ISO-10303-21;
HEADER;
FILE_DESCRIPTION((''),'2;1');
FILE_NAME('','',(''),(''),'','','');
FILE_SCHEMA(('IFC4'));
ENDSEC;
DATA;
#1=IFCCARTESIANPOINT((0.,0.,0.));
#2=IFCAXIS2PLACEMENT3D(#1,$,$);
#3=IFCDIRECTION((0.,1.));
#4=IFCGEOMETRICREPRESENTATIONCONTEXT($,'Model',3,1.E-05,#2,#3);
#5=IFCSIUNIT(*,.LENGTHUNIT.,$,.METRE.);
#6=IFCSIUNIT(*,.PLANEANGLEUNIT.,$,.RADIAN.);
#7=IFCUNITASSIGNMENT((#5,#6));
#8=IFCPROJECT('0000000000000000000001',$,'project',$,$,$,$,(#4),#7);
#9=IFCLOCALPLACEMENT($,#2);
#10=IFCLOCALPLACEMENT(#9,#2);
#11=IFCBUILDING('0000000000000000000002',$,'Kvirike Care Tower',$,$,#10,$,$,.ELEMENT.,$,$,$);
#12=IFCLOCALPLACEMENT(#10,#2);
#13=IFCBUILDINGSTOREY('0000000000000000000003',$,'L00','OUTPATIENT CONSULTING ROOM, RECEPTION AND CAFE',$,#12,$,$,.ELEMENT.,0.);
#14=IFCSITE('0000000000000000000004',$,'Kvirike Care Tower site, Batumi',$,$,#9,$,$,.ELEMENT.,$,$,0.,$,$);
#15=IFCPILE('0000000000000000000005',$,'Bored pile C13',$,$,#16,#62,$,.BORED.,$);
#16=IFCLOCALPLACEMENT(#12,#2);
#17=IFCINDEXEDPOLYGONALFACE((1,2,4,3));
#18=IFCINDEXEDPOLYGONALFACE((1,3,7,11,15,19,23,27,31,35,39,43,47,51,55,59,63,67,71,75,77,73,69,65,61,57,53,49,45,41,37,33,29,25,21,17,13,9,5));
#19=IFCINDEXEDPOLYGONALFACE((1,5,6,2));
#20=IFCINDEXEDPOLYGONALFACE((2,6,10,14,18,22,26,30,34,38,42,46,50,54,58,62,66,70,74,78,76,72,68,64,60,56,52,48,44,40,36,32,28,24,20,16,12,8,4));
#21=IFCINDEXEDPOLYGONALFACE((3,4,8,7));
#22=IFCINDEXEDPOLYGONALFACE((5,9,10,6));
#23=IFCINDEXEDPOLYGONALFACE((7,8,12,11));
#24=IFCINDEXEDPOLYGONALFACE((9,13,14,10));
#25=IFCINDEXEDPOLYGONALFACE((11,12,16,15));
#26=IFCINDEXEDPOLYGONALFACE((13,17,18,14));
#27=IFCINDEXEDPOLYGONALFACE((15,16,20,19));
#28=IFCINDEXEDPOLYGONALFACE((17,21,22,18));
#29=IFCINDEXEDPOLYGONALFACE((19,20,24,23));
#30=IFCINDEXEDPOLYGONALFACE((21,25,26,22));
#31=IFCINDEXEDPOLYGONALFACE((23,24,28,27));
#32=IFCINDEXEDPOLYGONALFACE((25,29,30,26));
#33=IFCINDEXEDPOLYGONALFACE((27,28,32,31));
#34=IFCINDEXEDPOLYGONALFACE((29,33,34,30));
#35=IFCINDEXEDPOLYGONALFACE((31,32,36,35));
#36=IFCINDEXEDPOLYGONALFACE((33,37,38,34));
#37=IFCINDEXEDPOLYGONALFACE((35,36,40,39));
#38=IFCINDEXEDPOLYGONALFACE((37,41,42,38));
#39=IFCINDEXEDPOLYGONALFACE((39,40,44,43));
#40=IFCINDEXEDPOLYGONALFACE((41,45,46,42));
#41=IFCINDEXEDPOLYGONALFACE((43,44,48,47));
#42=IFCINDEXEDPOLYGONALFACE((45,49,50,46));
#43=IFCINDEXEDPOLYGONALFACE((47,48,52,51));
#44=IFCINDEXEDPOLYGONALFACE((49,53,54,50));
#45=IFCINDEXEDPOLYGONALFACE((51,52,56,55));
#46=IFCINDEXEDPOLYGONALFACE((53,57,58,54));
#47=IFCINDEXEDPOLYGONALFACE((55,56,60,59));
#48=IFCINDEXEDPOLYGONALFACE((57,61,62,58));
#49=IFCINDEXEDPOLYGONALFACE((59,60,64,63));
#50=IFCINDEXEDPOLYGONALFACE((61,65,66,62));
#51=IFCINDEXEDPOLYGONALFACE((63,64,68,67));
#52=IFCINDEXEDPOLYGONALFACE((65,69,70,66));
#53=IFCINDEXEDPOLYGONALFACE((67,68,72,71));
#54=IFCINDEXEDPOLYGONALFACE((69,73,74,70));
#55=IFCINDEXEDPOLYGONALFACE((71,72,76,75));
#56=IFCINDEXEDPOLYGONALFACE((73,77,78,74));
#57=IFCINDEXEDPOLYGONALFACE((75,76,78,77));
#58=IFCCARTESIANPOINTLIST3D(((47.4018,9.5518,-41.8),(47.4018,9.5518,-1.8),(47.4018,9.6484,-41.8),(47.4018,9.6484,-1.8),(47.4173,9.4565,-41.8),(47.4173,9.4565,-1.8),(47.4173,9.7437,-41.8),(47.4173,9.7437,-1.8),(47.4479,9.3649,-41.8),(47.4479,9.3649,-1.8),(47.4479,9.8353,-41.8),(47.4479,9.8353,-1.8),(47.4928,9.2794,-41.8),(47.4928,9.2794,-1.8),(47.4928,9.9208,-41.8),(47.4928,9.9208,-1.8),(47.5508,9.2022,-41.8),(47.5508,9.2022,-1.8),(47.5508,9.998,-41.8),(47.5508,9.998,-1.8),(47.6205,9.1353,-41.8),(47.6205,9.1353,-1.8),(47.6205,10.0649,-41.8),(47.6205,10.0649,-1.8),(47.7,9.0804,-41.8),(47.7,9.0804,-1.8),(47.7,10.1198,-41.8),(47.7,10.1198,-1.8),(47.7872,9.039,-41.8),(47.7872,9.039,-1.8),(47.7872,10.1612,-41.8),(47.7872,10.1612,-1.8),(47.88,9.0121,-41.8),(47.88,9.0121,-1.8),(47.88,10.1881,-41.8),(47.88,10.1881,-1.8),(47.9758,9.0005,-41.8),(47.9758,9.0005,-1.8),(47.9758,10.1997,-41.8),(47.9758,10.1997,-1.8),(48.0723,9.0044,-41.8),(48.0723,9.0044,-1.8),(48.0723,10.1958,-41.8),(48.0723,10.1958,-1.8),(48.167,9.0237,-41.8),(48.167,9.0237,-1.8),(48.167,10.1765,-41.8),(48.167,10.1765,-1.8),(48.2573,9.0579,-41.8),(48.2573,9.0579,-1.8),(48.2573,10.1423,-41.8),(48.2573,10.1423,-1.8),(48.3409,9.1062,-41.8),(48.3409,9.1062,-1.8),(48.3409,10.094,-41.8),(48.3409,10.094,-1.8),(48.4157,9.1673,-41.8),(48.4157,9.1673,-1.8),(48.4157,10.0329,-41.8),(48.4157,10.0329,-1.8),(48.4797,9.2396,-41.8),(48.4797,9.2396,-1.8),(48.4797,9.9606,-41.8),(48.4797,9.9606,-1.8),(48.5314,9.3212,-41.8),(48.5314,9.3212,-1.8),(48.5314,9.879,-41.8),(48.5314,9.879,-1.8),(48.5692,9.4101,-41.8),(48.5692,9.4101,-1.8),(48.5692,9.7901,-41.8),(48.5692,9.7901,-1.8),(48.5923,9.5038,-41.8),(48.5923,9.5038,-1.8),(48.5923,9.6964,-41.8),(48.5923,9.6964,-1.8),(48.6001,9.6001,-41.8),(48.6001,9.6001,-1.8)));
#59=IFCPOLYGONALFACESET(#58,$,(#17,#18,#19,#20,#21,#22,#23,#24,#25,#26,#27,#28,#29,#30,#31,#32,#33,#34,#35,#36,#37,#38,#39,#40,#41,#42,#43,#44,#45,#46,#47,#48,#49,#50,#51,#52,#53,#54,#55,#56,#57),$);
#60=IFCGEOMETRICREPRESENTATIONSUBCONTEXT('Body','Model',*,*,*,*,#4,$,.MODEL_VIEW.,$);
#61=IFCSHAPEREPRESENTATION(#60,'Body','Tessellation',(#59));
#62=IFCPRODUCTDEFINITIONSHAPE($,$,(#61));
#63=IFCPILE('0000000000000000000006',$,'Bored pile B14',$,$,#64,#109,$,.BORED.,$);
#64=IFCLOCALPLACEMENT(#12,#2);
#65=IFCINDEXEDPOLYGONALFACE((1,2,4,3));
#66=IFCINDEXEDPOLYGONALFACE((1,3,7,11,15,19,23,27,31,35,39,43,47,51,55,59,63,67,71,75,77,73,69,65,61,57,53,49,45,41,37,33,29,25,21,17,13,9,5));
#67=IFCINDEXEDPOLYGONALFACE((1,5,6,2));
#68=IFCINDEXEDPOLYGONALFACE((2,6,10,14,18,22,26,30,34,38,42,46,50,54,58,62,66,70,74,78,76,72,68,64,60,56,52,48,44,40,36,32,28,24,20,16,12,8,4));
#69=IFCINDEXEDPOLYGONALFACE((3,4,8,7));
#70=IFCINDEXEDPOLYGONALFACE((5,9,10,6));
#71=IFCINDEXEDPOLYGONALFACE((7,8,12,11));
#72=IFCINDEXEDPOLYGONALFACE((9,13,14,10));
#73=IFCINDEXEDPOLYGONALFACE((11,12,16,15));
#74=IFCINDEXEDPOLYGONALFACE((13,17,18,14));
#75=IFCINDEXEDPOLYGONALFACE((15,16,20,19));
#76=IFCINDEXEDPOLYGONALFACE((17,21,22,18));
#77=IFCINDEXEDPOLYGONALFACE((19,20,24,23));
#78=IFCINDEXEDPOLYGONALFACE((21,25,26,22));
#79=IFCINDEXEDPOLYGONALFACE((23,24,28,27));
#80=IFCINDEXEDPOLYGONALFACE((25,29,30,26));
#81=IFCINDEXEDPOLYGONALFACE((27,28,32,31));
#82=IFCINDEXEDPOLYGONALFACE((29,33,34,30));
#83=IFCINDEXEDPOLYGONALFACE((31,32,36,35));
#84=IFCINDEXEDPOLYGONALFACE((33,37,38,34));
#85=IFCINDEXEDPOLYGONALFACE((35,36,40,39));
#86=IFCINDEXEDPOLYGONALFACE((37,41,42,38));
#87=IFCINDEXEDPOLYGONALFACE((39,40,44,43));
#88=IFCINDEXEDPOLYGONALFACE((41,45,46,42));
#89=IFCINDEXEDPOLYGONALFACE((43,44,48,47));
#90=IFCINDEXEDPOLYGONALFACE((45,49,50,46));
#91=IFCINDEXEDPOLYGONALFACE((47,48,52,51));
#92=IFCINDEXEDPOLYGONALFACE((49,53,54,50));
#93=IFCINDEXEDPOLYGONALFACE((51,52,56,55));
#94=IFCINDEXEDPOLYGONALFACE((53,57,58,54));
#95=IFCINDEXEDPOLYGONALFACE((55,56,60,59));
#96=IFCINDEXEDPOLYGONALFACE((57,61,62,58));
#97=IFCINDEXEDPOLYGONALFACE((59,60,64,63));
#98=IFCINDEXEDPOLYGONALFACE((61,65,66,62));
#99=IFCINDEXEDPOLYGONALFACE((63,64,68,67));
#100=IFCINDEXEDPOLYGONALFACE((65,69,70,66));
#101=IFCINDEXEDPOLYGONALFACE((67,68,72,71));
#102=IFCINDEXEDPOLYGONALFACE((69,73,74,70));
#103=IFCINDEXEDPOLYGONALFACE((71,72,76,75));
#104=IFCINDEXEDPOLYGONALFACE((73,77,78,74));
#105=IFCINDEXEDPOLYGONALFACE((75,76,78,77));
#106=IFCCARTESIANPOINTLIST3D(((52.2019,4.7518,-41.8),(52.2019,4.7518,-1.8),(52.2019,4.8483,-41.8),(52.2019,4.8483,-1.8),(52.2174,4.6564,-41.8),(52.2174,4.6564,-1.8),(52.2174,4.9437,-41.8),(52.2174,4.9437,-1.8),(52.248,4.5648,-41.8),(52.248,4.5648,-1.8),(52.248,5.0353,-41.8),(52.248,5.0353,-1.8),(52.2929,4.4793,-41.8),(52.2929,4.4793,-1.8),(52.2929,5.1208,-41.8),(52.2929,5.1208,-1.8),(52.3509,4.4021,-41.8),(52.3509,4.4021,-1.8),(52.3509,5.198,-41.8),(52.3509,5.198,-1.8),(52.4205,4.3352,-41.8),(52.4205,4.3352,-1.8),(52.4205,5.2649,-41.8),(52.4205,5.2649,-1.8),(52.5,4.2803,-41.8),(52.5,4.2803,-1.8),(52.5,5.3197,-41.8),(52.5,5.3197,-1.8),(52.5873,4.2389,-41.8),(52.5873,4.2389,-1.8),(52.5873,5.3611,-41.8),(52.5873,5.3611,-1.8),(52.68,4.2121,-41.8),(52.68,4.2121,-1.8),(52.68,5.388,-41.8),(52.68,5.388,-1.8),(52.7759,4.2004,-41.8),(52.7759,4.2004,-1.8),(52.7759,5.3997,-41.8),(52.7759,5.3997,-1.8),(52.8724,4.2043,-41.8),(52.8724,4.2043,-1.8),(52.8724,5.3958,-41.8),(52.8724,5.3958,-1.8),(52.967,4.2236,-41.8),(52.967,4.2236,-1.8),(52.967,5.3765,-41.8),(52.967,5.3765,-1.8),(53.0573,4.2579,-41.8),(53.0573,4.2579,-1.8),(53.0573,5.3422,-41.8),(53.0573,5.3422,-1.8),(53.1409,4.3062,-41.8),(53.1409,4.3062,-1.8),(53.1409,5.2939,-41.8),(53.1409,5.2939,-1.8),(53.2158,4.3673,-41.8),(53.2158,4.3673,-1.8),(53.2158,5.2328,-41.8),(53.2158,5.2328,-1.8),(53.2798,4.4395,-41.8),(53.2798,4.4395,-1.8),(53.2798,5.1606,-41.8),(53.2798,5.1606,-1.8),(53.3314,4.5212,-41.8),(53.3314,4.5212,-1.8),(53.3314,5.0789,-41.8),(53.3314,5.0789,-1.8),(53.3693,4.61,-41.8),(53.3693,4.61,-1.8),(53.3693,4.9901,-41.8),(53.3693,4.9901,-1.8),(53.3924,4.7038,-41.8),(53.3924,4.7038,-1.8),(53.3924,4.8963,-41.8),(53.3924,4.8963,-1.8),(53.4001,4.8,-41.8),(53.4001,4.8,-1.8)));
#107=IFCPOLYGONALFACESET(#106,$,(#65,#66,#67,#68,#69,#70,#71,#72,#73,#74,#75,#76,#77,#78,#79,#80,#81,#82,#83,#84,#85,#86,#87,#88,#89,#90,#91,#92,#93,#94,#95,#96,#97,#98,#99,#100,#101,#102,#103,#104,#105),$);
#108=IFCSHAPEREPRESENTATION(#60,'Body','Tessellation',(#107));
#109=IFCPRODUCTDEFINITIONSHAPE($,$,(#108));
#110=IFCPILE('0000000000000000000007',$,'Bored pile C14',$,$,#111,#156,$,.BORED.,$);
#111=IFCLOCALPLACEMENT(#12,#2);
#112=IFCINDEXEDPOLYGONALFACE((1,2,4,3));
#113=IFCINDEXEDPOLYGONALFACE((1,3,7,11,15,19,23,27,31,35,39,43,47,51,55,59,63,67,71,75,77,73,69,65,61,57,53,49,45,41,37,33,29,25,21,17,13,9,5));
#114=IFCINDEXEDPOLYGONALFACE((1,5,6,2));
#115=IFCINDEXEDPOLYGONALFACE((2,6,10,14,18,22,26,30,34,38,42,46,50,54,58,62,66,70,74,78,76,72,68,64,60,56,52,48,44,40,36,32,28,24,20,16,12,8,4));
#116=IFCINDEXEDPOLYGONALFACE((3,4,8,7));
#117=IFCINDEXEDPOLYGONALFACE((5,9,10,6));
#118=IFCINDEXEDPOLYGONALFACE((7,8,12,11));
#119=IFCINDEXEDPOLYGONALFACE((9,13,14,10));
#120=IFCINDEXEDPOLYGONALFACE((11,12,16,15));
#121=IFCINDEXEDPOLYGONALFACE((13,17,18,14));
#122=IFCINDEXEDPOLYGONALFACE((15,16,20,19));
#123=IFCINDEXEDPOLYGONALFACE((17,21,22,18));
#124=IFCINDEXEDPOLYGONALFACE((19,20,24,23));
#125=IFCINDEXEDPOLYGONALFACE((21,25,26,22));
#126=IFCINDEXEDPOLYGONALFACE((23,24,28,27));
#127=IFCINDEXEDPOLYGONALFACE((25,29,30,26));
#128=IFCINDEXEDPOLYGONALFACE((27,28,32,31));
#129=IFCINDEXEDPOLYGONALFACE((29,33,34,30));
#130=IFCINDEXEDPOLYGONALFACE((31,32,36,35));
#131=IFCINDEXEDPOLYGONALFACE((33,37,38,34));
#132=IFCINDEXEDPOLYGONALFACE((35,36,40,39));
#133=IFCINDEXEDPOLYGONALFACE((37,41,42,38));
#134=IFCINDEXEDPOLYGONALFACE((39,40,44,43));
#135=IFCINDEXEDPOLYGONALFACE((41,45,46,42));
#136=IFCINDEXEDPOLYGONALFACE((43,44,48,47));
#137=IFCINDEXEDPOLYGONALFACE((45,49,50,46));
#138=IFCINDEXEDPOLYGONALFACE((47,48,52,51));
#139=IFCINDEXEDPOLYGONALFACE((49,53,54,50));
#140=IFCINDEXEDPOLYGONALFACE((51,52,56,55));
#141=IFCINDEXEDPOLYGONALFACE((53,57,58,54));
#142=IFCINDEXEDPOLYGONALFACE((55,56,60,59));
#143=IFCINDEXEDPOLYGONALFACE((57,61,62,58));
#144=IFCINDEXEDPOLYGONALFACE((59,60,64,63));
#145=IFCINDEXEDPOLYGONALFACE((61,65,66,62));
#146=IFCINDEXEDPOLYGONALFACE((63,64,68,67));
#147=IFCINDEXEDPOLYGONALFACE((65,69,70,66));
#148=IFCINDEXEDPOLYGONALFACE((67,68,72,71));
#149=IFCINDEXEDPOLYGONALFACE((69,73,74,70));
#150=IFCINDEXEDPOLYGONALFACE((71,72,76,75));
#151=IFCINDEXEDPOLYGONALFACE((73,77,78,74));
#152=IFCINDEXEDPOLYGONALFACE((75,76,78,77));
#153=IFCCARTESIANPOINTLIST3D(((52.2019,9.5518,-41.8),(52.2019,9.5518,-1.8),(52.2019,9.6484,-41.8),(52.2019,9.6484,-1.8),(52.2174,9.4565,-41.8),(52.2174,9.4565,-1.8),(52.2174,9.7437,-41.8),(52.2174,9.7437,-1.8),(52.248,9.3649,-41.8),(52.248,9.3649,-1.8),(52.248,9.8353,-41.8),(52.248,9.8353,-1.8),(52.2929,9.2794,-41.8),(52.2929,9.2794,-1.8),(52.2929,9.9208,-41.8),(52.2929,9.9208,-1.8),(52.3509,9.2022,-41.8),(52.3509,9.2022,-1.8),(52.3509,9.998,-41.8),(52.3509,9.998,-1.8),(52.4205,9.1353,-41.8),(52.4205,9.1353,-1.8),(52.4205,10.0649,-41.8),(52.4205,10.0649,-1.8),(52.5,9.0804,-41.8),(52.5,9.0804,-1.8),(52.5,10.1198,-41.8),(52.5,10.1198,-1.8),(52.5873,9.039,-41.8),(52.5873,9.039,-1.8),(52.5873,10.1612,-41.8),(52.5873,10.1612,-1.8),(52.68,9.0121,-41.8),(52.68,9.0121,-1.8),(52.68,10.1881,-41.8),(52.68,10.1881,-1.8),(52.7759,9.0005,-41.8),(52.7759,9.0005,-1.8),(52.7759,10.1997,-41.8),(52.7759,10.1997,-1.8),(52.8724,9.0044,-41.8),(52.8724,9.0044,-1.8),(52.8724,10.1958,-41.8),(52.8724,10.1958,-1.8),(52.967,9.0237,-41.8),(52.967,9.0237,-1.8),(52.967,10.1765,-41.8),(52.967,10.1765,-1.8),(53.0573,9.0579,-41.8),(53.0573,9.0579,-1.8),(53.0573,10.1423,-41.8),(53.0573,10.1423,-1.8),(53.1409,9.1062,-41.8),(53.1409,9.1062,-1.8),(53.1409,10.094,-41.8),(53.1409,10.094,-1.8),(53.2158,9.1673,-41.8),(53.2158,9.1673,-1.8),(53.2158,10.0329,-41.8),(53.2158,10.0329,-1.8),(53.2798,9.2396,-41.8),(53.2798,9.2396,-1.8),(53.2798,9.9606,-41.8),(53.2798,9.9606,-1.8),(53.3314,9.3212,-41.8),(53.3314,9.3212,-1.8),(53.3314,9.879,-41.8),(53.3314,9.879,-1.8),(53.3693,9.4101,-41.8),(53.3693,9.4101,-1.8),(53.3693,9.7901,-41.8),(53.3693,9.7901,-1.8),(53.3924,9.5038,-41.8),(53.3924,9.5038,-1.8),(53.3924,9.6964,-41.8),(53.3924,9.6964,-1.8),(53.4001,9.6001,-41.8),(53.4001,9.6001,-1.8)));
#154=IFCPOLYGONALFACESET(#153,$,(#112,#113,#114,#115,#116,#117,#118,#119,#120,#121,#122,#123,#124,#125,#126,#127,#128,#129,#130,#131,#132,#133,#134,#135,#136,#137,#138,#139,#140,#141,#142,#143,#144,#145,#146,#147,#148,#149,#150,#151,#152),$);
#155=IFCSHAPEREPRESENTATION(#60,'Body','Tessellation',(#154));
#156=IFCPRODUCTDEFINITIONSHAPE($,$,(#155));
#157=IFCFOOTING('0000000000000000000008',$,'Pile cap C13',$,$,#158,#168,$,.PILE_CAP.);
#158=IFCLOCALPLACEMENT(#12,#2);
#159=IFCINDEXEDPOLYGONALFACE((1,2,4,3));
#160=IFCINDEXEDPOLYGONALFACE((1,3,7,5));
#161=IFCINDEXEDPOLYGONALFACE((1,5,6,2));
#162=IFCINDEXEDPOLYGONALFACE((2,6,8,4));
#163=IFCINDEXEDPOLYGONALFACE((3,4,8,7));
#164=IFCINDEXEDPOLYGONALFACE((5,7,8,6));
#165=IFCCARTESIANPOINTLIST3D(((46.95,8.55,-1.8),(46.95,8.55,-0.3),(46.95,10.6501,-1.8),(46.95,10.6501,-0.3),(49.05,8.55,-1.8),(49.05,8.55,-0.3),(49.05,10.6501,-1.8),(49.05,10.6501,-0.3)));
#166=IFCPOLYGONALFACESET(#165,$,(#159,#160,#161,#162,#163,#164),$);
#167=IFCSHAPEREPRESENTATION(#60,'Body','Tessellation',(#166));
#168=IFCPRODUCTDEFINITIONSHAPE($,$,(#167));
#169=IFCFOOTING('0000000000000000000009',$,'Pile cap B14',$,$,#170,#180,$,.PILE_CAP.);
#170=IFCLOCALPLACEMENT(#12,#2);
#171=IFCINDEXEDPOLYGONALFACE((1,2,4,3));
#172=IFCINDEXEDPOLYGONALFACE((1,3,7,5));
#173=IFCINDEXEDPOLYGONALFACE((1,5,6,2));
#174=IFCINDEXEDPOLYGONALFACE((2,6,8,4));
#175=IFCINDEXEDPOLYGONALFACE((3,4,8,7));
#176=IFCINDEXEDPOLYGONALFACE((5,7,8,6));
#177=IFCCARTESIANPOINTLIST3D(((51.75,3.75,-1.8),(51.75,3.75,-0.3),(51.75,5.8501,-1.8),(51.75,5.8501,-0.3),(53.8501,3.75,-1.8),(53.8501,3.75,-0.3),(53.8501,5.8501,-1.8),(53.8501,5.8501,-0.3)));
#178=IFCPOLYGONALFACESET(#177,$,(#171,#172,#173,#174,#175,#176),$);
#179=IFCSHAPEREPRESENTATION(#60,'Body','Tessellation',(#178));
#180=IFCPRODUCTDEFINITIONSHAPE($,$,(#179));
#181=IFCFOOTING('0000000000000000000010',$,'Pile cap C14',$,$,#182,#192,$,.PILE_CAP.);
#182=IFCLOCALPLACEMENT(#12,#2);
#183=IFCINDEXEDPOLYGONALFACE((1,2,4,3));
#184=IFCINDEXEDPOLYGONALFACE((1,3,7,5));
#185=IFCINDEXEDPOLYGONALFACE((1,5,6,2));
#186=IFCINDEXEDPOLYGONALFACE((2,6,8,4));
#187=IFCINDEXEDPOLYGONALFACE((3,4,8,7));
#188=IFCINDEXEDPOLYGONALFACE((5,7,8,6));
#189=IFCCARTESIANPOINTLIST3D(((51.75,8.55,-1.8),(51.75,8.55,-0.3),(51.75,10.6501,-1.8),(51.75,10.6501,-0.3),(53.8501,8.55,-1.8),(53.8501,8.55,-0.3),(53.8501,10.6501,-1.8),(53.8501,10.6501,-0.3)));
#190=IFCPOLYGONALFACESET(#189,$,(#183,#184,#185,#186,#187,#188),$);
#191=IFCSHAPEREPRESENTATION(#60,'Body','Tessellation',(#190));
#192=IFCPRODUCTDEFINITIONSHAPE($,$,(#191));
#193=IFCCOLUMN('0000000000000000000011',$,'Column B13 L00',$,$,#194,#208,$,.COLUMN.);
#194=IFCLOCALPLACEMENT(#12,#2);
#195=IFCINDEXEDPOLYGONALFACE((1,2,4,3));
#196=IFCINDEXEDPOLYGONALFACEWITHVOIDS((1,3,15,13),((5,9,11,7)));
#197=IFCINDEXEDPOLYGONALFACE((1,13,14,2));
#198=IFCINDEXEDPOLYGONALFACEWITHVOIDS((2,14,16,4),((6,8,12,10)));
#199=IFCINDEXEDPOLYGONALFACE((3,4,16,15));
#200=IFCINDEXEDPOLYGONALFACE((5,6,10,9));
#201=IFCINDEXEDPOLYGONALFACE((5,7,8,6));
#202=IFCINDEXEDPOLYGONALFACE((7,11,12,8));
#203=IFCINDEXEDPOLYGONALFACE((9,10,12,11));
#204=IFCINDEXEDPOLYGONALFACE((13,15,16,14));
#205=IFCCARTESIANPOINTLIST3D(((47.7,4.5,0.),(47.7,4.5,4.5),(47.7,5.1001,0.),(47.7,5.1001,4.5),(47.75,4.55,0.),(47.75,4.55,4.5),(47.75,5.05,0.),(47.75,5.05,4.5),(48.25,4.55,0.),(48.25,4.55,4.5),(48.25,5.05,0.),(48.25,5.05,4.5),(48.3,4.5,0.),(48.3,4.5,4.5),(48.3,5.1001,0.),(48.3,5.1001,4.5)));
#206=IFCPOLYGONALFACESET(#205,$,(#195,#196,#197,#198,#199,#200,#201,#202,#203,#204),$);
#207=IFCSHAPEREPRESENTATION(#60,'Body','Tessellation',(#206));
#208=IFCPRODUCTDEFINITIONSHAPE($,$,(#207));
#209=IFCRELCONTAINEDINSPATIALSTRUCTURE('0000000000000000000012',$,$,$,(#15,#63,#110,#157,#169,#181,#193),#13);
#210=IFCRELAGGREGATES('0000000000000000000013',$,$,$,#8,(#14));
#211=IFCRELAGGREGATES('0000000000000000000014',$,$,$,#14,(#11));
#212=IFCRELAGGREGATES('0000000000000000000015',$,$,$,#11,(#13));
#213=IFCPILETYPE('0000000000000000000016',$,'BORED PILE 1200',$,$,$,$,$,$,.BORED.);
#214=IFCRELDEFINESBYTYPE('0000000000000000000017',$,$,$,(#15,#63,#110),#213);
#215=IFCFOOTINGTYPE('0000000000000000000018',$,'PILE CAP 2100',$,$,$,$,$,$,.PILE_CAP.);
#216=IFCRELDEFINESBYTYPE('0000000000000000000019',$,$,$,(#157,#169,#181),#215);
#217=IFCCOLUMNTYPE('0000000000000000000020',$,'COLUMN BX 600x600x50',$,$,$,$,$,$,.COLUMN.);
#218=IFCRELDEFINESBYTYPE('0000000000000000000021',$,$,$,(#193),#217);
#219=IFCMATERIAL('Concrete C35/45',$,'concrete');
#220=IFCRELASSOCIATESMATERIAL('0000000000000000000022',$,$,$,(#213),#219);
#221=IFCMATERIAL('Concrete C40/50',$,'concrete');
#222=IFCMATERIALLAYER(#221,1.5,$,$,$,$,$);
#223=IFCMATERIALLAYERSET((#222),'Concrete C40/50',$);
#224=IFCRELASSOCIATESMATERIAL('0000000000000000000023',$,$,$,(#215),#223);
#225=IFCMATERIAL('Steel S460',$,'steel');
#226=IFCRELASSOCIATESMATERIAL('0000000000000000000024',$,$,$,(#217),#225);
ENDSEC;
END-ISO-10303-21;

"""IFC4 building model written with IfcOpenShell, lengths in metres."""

from ifc_helpers import new_model, si_unit, direction, frame, origin, origin_2d, place, context, subcontext, project, spatial, rectangle, hollow_rectangle, circle, extrude, material, layer, layer_set, material_profile, profile_set, type_object, element, save


model = new_model("IFC4")

# Units and contexts
model_context = context("Model", 3, precision=1e-05, world=origin(), true_north=direction((0.0, 1.0)))
body_context = subcontext(model_context, "Body", "Model", "MODEL_VIEW")
ifc_project = project(units=[si_unit("LENGTHUNIT", "METRE"), si_unit("PLANEANGLEUNIT", "RADIAN")], contexts=[model_context])

# Site, building, storey
site_placement = place(None, origin())
site = spatial("IfcSite", under=ifc_project, at=site_placement, Name="Kvirike Care Tower site, Batumi", CompositionType="ELEMENT", RefElevation=0.0)
building_placement = place(site_placement, origin())
building = spatial("IfcBuilding", under=site, at=building_placement, Name="Kvirike Care Tower", CompositionType="ELEMENT")
storey_placement = place(building_placement, origin())
storey = spatial("IfcBuildingStorey", under=building, at=storey_placement, Name="L00", Description="OUTPATIENT CONSULTING ROOM, RECEPTION AND CAFE", CompositionType="ELEMENT", Elevation=0.0)

# Piles
ifc_material_1 = material(Name="Concrete C35/45", Category="concrete")
ifc_material_profile_1 = material_profile(ifc_material_1, circle(Radius=0.6001, at=origin_2d()), Name="BORED PILE 1200")
ifc_profile_set_1 = profile_set([ifc_material_profile_1], Name="Concrete C35/45")
pile_type = type_object("IfcPileType", Name="BORED PILE 1200", PredefinedType="BORED", material=ifc_profile_set_1)
for number, where, z_axis, x_axis, name in (
    (1, (48.0, 9.6001, -1.8), (0.0, 0.0, -1.0), (1.0, 0.0, 0.0), "Bored pile C13"),
    (2, (52.8, 4.8, -1.8), (0.0, 0.0, -1.0), (1.0, 0.0, 0.0), "Bored pile B14"),
    (3, (52.8, 9.6001, -1.8), (0.0, 0.0, -1.0), (1.0, 0.0, 0.0), "Bored pile C14"),
):
    element("IfcPile", number, at=place(storey_placement, frame(where, z_axis=z_axis, x_axis=x_axis)), inside=storey, type_object=pile_type, Name=name, PredefinedType="BORED", context=body_context, shape_type="SweptSolid", body=[
        extrude(circle(Radius=0.6001, at=origin_2d()), origin(), (0.0, 0.0, 1.0), 40.0),
    ])

# Footings
ifc_material_2 = material(Name="Concrete C40/50", Category="concrete")
ifc_layer_1 = layer(ifc_material_2, 1.5)
ifc_layer_set_1 = layer_set([ifc_layer_1], Name="Concrete C40/50")
footing_type = type_object("IfcFootingType", Name="PILE CAP 2100", PredefinedType="PILE_CAP", material=ifc_layer_set_1)
for number, where, z_axis, x_axis, name in (
    (4, (48.0, 9.6001, -1.8), (0.0, 0.0, 1.0), (1.0, 0.0, 0.0), "Pile cap C13"),
    (5, (52.8, 4.8, -1.8), (0.0, 0.0, 1.0), (1.0, 0.0, 0.0), "Pile cap B14"),
    (6, (52.8, 9.6001, -1.8), (0.0, 0.0, 1.0), (1.0, 0.0, 0.0), "Pile cap C14"),
):
    element("IfcFooting", number, at=place(storey_placement, frame(where, z_axis=z_axis, x_axis=x_axis)), inside=storey, type_object=footing_type, Name=name, PredefinedType="PILE_CAP", context=body_context, shape_type="SweptSolid", body=[
        extrude(rectangle(XDim=2.1001, YDim=2.1001, at=origin_2d()), origin(), (0.0, 0.0, 1.0), 1.5),
    ])

# Column
ifc_material_3 = material(Name="Steel S460", Category="steel")
ifc_material_profile_2 = material_profile(ifc_material_3, hollow_rectangle(XDim=0.6001, YDim=0.6001, WallThickness=0.05, at=origin_2d()), Name="BX 600x600x50")
ifc_profile_set_2 = profile_set([ifc_material_profile_2], Name="Steel S460")
column_type = type_object("IfcColumnType", Name="COLUMN BX 600x600x50", PredefinedType="COLUMN", material=ifc_profile_set_2)
for number, where, z_axis, x_axis, name in (
    (7, (48.0, 4.8, 0.0), (0.0, 0.0, 1.0), (0.0, 1.0, 0.0), "Column B13 L00"),
):
    element("IfcColumn", number, at=place(storey_placement, frame(where, z_axis=z_axis, x_axis=x_axis)), inside=storey, type_object=column_type, Name=name, PredefinedType="COLUMN", context=body_context, shape_type="SweptSolid", body=[
        extrude(hollow_rectangle(XDim=0.6001, YDim=0.6001, WallThickness=0.05, at=origin_2d()), origin(), (0.0, 0.0, 1.0), 4.5),
    ])

save(model, "model.ifc")
